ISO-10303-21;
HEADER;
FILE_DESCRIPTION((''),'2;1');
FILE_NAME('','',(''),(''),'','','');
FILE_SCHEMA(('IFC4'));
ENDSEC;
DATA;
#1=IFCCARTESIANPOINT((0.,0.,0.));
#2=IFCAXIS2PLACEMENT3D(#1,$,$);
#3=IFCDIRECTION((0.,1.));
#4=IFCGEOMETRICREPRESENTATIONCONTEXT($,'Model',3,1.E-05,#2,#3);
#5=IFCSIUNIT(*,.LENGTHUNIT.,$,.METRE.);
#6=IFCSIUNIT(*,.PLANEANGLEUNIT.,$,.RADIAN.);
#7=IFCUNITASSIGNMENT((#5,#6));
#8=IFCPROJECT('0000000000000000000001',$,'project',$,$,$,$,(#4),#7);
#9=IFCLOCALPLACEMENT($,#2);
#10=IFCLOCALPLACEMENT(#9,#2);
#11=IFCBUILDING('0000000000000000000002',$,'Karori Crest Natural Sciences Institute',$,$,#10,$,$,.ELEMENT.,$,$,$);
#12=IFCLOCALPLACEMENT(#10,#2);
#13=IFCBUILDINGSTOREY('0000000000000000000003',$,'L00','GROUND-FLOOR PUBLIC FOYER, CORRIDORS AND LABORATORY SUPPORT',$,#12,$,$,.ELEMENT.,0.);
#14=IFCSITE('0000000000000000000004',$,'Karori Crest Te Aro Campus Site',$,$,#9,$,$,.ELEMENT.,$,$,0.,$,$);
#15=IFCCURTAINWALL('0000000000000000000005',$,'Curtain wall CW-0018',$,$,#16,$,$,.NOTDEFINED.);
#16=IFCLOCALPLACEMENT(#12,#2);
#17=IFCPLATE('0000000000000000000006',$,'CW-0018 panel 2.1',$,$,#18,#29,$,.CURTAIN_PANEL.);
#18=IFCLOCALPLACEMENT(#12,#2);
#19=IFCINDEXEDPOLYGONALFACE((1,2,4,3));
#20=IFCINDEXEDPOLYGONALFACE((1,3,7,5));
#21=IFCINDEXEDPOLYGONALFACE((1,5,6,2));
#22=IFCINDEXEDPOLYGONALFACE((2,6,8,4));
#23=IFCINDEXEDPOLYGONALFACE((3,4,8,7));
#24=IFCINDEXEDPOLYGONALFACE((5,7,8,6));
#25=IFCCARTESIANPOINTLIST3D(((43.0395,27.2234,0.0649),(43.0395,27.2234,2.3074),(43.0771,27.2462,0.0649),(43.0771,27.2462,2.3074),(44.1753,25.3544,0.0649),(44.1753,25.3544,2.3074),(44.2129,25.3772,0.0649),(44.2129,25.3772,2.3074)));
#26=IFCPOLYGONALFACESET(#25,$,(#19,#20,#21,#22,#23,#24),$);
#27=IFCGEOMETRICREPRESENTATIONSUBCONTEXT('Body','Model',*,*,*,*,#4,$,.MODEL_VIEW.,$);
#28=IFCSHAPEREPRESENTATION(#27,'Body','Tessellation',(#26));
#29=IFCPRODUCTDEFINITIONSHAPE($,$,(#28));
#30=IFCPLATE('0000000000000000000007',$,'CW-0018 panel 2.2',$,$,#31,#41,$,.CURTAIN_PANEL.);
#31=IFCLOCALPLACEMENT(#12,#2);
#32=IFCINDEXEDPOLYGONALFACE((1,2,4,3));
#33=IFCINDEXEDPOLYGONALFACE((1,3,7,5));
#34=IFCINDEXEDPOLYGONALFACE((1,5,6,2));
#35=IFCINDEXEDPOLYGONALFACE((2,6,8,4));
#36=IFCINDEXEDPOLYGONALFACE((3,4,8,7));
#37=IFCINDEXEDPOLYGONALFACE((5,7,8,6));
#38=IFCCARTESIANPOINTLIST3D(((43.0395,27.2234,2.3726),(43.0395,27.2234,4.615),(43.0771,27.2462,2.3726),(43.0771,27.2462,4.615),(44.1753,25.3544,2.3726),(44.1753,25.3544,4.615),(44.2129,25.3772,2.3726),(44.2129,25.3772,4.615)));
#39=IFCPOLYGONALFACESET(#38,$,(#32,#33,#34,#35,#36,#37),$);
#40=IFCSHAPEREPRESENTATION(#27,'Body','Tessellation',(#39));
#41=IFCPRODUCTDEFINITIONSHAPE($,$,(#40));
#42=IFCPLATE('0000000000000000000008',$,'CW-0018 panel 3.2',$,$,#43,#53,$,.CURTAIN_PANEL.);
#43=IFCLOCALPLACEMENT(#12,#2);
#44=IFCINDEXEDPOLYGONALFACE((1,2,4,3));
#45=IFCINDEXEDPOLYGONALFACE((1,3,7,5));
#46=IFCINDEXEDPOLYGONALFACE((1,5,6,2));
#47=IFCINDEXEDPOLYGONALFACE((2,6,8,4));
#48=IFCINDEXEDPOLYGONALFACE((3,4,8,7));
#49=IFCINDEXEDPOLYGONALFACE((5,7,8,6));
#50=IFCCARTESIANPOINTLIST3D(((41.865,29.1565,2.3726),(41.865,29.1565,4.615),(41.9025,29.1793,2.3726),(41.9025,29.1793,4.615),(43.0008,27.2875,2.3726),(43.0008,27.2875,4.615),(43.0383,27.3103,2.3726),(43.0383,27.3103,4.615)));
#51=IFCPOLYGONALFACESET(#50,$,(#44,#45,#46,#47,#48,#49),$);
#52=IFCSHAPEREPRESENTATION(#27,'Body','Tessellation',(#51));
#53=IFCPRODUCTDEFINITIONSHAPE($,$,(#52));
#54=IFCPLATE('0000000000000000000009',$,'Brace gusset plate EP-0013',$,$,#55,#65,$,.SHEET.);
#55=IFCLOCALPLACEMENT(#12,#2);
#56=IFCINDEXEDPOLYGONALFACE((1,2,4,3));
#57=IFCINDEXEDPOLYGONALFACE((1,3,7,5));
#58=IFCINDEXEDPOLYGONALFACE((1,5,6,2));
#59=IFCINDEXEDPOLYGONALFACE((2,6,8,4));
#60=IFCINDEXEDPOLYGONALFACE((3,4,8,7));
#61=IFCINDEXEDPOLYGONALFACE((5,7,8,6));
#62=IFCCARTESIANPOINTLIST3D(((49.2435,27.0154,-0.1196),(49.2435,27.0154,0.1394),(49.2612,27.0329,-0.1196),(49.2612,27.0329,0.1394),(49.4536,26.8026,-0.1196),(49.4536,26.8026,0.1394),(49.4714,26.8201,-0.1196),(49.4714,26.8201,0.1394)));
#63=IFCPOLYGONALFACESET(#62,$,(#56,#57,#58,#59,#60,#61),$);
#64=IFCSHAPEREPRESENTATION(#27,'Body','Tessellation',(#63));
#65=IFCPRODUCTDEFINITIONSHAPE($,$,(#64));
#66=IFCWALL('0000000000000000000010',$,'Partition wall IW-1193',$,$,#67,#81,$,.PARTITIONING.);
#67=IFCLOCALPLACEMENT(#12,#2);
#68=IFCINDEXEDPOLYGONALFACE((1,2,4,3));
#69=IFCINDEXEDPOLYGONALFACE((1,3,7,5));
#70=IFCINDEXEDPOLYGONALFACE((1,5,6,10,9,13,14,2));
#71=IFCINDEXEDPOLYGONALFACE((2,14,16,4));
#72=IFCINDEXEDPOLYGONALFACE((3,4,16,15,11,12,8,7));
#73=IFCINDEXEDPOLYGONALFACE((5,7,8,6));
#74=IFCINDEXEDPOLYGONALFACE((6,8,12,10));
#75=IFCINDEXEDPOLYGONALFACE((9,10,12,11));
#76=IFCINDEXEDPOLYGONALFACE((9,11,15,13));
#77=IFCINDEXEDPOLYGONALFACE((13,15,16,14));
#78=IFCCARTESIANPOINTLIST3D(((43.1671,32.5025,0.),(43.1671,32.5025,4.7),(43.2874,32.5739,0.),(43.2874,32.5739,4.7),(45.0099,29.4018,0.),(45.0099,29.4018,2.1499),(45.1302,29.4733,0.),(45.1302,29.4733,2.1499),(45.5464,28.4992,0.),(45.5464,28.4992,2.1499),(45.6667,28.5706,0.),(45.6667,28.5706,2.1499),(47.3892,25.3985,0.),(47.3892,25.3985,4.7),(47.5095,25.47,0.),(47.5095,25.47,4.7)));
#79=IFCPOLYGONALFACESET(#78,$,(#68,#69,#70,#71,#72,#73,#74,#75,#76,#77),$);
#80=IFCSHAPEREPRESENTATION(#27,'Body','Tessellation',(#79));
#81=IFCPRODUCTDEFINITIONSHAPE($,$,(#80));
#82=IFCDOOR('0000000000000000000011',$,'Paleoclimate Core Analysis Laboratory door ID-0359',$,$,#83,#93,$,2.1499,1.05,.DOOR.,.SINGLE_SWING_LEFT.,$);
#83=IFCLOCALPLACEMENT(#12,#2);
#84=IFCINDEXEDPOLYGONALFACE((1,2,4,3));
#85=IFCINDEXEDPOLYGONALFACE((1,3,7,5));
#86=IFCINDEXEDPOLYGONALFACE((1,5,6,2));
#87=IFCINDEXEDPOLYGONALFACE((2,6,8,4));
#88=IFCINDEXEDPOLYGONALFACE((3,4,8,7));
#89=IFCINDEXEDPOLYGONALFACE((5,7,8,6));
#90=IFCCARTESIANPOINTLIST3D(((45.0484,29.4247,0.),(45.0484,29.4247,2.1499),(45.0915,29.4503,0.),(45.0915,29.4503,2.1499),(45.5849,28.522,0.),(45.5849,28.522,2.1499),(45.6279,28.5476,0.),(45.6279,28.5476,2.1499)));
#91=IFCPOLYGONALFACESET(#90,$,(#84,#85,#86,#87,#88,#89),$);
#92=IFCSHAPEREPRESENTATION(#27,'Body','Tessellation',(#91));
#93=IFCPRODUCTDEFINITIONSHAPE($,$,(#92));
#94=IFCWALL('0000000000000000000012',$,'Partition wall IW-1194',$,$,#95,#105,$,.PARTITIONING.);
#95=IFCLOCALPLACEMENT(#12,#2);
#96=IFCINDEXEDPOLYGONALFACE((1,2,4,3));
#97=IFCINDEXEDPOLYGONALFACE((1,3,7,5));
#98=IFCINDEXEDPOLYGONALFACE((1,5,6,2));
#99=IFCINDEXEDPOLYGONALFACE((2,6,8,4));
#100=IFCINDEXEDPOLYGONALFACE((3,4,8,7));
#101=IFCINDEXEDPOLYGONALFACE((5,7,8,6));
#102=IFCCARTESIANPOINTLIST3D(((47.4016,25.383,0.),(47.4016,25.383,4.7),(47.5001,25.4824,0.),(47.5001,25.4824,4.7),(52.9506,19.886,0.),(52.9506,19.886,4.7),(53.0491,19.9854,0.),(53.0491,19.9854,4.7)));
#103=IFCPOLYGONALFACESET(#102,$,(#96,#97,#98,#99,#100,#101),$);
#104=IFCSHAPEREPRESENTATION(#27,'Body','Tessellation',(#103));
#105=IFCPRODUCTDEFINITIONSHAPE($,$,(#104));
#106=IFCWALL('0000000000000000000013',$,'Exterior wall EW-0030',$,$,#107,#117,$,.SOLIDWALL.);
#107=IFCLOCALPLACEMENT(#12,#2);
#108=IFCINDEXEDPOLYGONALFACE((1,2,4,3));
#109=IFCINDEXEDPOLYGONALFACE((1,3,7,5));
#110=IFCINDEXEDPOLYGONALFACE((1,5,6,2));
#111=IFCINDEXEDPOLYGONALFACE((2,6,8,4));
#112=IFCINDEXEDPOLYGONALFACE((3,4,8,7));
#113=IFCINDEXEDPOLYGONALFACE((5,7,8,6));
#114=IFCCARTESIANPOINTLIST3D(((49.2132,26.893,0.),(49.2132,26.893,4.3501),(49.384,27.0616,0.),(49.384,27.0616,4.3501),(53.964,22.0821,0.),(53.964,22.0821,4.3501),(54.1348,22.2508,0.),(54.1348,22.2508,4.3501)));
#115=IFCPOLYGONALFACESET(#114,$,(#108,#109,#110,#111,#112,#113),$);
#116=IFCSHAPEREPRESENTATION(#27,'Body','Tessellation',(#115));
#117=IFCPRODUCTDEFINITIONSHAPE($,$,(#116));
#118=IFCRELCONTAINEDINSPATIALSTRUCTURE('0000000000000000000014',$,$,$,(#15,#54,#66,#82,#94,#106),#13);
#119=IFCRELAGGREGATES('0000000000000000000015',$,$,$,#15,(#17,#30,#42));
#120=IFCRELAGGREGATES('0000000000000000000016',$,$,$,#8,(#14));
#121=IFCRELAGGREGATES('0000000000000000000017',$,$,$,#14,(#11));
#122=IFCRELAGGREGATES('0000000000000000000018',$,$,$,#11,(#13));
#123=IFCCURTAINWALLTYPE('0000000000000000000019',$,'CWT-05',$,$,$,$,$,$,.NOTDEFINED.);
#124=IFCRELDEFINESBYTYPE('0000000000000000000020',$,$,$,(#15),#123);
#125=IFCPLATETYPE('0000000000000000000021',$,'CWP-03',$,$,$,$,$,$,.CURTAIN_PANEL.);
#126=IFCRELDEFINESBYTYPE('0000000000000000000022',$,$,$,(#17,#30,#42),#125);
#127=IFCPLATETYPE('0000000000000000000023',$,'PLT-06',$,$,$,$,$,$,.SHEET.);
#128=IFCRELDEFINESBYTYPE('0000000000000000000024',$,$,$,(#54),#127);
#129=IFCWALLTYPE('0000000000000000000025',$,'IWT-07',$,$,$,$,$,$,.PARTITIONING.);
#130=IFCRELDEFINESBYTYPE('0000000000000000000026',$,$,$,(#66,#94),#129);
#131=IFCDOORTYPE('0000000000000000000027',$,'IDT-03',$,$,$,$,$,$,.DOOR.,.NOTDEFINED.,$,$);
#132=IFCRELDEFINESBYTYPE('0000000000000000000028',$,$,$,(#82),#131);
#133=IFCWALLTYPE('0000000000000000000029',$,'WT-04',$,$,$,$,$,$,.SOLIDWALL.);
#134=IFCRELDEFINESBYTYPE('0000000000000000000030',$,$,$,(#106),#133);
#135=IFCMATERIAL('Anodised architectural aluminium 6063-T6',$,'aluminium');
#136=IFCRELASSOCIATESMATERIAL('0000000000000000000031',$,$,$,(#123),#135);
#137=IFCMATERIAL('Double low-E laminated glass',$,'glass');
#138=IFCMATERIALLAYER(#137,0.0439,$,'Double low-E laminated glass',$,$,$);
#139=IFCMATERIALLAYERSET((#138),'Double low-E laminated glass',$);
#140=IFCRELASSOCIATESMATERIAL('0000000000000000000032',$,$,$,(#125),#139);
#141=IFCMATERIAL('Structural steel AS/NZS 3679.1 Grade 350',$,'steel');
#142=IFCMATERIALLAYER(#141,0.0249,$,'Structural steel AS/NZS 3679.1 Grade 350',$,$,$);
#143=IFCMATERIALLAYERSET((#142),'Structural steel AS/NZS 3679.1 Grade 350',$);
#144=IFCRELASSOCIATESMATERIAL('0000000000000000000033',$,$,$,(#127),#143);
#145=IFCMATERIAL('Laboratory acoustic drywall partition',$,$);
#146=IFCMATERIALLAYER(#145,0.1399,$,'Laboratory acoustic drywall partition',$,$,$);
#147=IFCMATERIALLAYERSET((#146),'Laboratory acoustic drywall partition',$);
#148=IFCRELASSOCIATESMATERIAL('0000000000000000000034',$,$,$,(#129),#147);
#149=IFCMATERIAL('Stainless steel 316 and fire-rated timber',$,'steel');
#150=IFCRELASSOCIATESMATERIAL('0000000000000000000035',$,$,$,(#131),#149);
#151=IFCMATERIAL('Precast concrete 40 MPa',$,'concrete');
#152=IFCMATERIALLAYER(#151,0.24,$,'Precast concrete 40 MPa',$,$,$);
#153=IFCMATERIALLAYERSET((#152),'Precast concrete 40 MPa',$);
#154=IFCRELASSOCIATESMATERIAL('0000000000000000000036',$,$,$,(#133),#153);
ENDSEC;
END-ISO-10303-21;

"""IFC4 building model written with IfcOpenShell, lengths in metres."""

from ifc_helpers import new_model, si_unit, direction, frame, frame_2d, origin, origin_2d, place, context, subcontext, project, spatial, rectangle, extrude, material, layer, layer_set, type_object, element, fill, aggregate, save


model = new_model("IFC4")

# Units and contexts
model_context = context("Model", 3, precision=1e-05, world=origin(), true_north=direction((0.0, 1.0)))
body_context = subcontext(model_context, "Body", "Model", "MODEL_VIEW")
ifc_project = project(units=[si_unit("LENGTHUNIT", "METRE"), si_unit("PLANEANGLEUNIT", "RADIAN")], contexts=[model_context])

# Site, building, storey
site_placement = place(None, origin())
site = spatial("IfcSite", under=ifc_project, at=site_placement, Name="Karori Crest Te Aro Campus Site", CompositionType="ELEMENT", RefElevation=0.0)
building_placement = place(site_placement, origin())
building = spatial("IfcBuilding", under=site, at=building_placement, Name="Karori Crest Natural Sciences Institute", CompositionType="ELEMENT")
storey_placement = place(building_placement, origin())
storey = spatial("IfcBuildingStorey", under=building, at=storey_placement, Name="L00", Description="GROUND-FLOOR PUBLIC FOYER, CORRIDORS AND LABORATORY SUPPORT", CompositionType="ELEMENT", Elevation=0.0)

# Shared definitions
ifc_material_1 = material(Name="Structural steel AS/NZS 3679.1 Grade 350", Category="steel")

# Curtain wall
ifc_material_2 = material(Name="Anodised architectural aluminium 6063-T6", Category="aluminium")
curtain_wall_type_1 = type_object("IfcCurtainWallType", Name="CWT-05", PredefinedType="NOTDEFINED", material=ifc_material_2)
curtain_wall_1_placement = place(storey_placement, origin())
curtain_wall_1 = element("IfcCurtainWall", 1, at=curtain_wall_1_placement, inside=storey, type_object=curtain_wall_type_1, Name="Curtain wall CW-0018", PredefinedType="NOTDEFINED")

# Plates
ifc_material_3 = material(Name="Double low-E laminated glass", Category="glass")
ifc_layer_1 = layer(ifc_material_3, 0.0439, Name="Double low-E laminated glass")
ifc_layer_set_1 = layer_set([ifc_layer_1], Name="Double low-E laminated glass")
plate_type_1 = type_object("IfcPlateType", Name="CWP-03", PredefinedType="CURTAIN_PANEL", material=ifc_layer_set_1)
plate_1_placement = place(storey_placement, frame((43.6262, 26.3003, 0.0649), z_axis=(0.0, 0.0, 1.0), x_axis=(-0.519341, 0.854567, 0.0)))
plate_1 = element("IfcPlate", 2, at=plate_1_placement, type_object=plate_type_1, Name="CW-0018 panel 2.1", PredefinedType="CURTAIN_PANEL", context=body_context, shape_type="SweptSolid", body=[
    extrude(rectangle(XDim=2.187, YDim=0.0439, at=origin_2d()), origin(), (0.0, 0.0, 1.0), 2.2424),
])
plate_2_placement = place(storey_placement, frame((43.6262, 26.3003, 2.3726), z_axis=(0.0, 0.0, 1.0), x_axis=(-0.519341, 0.854567, 0.0)))
plate_2 = element("IfcPlate", 3, at=plate_2_placement, type_object=plate_type_1, Name="CW-0018 panel 2.2", PredefinedType="CURTAIN_PANEL", context=body_context, shape_type="SweptSolid", body=[
    extrude(rectangle(XDim=2.187, YDim=0.0439, at=origin_2d()), origin(), (0.0, 0.0, 1.0), 2.2424),
])
plate_3_placement = place(storey_placement, frame((42.4517, 28.2334, 2.3726), z_axis=(0.0, 0.0, 1.0), x_axis=(-0.519341, 0.854567, 0.0)))
plate_3 = element("IfcPlate", 4, at=plate_3_placement, type_object=plate_type_1, Name="CW-0018 panel 3.2", PredefinedType="CURTAIN_PANEL", context=body_context, shape_type="SweptSolid", body=[
    extrude(rectangle(XDim=2.187, YDim=0.0439, at=origin_2d()), origin(), (0.0, 0.0, 1.0), 2.2424),
])
aggregate(curtain_wall_1, [plate_1, plate_2, plate_3])
ifc_layer_2 = layer(ifc_material_1, 0.0249, Name="Structural steel AS/NZS 3679.1 Grade 350")
ifc_layer_set_2 = layer_set([ifc_layer_2], Name="Structural steel AS/NZS 3679.1 Grade 350")
plate_type_2 = type_object("IfcPlateType", Name="PLT-06", PredefinedType="SHEET", material=ifc_layer_set_2)
plate_4_placement = place(storey_placement, frame((49.3574, 26.9177, -0.1196), z_axis=(0.0, 0.0, 1.0), x_axis=(-0.702664, 0.711522, 0.0)))
element("IfcPlate", 5, at=plate_4_placement, inside=storey, type_object=plate_type_2, Name="Brace gusset plate EP-0013", PredefinedType="SHEET", context=body_context, shape_type="SweptSolid", body=[
    extrude(rectangle(XDim=0.2991, YDim=0.0249, at=origin_2d()), origin(), (0.0, 0.0, 1.0), 0.259),
])

# Wall, opening, door
ifc_material_4 = material(Name="Laboratory acoustic drywall partition")
ifc_layer_3 = layer(ifc_material_4, 0.1399, Name="Laboratory acoustic drywall partition")
ifc_layer_set_3 = layer_set([ifc_layer_3], Name="Laboratory acoustic drywall partition")
wall_type_1 = type_object("IfcWallType", Name="IWT-07", PredefinedType="PARTITIONING", material=ifc_layer_set_3)
wall_1_placement = place(storey_placement, frame((43.2273, 32.5381, 0.0), z_axis=(0.0, 0.0, 1.0), x_axis=(0.510911, -0.859633, 0.0)))
wall_1 = element("IfcWall", 6, at=wall_1_placement, inside=storey, type_object=wall_type_1, Name="Partition wall IW-1193", PredefinedType="PARTITIONING", context=body_context, shape_type="SweptSolid", body=[
    extrude(rectangle(XDim=8.2639, YDim=0.1399, at=frame_2d((4.1318, 0.0))), origin(), (0.0, 0.0, 1.0), 4.7),
])
opening_placement = place(wall_1_placement, frame((3.6069, 0.0, 0.0)))
opening = element("IfcOpeningElement", 7, at=opening_placement, cuts=wall_1, PredefinedType="OPENING", context=body_context, shape_type="SweptSolid", body=[
    extrude(rectangle(XDim=1.05, YDim=2.1499, at=frame_2d((0.5249, 1.075))), frame((0.0, 0.0801, 0.0), z_axis=(0.0, -1.0, 0.0), x_axis=(1.0, 0.0, 0.0)), (0.0, 0.0, 1.0), 0.1599),
])
ifc_material_5 = material(Name="Stainless steel 316 and fire-rated timber", Category="steel")
door_type = type_object("IfcDoorType", Name="IDT-03", OperationType="NOTDEFINED", PredefinedType="DOOR", material=ifc_material_5)
door_placement = place(opening_placement, origin())
door = element("IfcDoor", 8, at=door_placement, inside=storey, type_object=door_type, Name="Paleoclimate Core Analysis Laboratory door ID-0359", OperationType="SINGLE_SWING_LEFT", OverallHeight=2.1499, OverallWidth=1.05, PredefinedType="DOOR", context=body_context, shape_type="SweptSolid", body=[
    extrude(rectangle(XDim=1.05, YDim=2.1499, at=frame_2d((0.5249, 1.075))), frame((0.0, 0.0249, 0.0), z_axis=(0.0, -1.0, 0.0), x_axis=(1.0, 0.0, 0.0)), (0.0, 0.0, 1.0), 0.05),
])
fill(opening, door)

# Walls
wall_2_placement = place(storey_placement, frame((47.4509, 25.4326, 0.0), z_axis=(0.0, 0.0, 1.0), x_axis=(0.710428, -0.70377, 0.0)))
element("IfcWall", 9, at=wall_2_placement, inside=storey, type_object=wall_type_1, Name="Partition wall IW-1194", PredefinedType="PARTITIONING", context=body_context, shape_type="SweptSolid", body=[
    extrude(rectangle(XDim=7.8108, YDim=0.1399, at=frame_2d((3.9053, 0.0))), origin(), (0.0, 0.0, 1.0), 4.7),
])
ifc_material_6 = material(Name="Precast concrete 40 MPa", Category="concrete")
ifc_layer_4 = layer(ifc_material_6, 0.24, Name="Precast concrete 40 MPa")
ifc_layer_set_4 = layer_set([ifc_layer_4], Name="Precast concrete 40 MPa")
wall_type_2 = type_object("IfcWallType", Name="WT-04", PredefinedType="SOLIDWALL", material=ifc_layer_set_4)
wall_3_placement = place(storey_placement, frame((49.2986, 26.9773, 0.0), z_axis=(0.0, 0.0, 1.0), x_axis=(0.702651, -0.711534, 0.0)))
element("IfcWall", 10, at=wall_3_placement, inside=storey, type_object=wall_type_2, Name="Exterior wall EW-0030", PredefinedType="SOLIDWALL", context=body_context, shape_type="SweptSolid", body=[
    extrude(rectangle(XDim=6.7612, YDim=0.24, at=frame_2d((3.3806, 0.0))), origin(), (0.0, 0.0, 1.0), 4.3501),
])

save(model, "model.ifc")
